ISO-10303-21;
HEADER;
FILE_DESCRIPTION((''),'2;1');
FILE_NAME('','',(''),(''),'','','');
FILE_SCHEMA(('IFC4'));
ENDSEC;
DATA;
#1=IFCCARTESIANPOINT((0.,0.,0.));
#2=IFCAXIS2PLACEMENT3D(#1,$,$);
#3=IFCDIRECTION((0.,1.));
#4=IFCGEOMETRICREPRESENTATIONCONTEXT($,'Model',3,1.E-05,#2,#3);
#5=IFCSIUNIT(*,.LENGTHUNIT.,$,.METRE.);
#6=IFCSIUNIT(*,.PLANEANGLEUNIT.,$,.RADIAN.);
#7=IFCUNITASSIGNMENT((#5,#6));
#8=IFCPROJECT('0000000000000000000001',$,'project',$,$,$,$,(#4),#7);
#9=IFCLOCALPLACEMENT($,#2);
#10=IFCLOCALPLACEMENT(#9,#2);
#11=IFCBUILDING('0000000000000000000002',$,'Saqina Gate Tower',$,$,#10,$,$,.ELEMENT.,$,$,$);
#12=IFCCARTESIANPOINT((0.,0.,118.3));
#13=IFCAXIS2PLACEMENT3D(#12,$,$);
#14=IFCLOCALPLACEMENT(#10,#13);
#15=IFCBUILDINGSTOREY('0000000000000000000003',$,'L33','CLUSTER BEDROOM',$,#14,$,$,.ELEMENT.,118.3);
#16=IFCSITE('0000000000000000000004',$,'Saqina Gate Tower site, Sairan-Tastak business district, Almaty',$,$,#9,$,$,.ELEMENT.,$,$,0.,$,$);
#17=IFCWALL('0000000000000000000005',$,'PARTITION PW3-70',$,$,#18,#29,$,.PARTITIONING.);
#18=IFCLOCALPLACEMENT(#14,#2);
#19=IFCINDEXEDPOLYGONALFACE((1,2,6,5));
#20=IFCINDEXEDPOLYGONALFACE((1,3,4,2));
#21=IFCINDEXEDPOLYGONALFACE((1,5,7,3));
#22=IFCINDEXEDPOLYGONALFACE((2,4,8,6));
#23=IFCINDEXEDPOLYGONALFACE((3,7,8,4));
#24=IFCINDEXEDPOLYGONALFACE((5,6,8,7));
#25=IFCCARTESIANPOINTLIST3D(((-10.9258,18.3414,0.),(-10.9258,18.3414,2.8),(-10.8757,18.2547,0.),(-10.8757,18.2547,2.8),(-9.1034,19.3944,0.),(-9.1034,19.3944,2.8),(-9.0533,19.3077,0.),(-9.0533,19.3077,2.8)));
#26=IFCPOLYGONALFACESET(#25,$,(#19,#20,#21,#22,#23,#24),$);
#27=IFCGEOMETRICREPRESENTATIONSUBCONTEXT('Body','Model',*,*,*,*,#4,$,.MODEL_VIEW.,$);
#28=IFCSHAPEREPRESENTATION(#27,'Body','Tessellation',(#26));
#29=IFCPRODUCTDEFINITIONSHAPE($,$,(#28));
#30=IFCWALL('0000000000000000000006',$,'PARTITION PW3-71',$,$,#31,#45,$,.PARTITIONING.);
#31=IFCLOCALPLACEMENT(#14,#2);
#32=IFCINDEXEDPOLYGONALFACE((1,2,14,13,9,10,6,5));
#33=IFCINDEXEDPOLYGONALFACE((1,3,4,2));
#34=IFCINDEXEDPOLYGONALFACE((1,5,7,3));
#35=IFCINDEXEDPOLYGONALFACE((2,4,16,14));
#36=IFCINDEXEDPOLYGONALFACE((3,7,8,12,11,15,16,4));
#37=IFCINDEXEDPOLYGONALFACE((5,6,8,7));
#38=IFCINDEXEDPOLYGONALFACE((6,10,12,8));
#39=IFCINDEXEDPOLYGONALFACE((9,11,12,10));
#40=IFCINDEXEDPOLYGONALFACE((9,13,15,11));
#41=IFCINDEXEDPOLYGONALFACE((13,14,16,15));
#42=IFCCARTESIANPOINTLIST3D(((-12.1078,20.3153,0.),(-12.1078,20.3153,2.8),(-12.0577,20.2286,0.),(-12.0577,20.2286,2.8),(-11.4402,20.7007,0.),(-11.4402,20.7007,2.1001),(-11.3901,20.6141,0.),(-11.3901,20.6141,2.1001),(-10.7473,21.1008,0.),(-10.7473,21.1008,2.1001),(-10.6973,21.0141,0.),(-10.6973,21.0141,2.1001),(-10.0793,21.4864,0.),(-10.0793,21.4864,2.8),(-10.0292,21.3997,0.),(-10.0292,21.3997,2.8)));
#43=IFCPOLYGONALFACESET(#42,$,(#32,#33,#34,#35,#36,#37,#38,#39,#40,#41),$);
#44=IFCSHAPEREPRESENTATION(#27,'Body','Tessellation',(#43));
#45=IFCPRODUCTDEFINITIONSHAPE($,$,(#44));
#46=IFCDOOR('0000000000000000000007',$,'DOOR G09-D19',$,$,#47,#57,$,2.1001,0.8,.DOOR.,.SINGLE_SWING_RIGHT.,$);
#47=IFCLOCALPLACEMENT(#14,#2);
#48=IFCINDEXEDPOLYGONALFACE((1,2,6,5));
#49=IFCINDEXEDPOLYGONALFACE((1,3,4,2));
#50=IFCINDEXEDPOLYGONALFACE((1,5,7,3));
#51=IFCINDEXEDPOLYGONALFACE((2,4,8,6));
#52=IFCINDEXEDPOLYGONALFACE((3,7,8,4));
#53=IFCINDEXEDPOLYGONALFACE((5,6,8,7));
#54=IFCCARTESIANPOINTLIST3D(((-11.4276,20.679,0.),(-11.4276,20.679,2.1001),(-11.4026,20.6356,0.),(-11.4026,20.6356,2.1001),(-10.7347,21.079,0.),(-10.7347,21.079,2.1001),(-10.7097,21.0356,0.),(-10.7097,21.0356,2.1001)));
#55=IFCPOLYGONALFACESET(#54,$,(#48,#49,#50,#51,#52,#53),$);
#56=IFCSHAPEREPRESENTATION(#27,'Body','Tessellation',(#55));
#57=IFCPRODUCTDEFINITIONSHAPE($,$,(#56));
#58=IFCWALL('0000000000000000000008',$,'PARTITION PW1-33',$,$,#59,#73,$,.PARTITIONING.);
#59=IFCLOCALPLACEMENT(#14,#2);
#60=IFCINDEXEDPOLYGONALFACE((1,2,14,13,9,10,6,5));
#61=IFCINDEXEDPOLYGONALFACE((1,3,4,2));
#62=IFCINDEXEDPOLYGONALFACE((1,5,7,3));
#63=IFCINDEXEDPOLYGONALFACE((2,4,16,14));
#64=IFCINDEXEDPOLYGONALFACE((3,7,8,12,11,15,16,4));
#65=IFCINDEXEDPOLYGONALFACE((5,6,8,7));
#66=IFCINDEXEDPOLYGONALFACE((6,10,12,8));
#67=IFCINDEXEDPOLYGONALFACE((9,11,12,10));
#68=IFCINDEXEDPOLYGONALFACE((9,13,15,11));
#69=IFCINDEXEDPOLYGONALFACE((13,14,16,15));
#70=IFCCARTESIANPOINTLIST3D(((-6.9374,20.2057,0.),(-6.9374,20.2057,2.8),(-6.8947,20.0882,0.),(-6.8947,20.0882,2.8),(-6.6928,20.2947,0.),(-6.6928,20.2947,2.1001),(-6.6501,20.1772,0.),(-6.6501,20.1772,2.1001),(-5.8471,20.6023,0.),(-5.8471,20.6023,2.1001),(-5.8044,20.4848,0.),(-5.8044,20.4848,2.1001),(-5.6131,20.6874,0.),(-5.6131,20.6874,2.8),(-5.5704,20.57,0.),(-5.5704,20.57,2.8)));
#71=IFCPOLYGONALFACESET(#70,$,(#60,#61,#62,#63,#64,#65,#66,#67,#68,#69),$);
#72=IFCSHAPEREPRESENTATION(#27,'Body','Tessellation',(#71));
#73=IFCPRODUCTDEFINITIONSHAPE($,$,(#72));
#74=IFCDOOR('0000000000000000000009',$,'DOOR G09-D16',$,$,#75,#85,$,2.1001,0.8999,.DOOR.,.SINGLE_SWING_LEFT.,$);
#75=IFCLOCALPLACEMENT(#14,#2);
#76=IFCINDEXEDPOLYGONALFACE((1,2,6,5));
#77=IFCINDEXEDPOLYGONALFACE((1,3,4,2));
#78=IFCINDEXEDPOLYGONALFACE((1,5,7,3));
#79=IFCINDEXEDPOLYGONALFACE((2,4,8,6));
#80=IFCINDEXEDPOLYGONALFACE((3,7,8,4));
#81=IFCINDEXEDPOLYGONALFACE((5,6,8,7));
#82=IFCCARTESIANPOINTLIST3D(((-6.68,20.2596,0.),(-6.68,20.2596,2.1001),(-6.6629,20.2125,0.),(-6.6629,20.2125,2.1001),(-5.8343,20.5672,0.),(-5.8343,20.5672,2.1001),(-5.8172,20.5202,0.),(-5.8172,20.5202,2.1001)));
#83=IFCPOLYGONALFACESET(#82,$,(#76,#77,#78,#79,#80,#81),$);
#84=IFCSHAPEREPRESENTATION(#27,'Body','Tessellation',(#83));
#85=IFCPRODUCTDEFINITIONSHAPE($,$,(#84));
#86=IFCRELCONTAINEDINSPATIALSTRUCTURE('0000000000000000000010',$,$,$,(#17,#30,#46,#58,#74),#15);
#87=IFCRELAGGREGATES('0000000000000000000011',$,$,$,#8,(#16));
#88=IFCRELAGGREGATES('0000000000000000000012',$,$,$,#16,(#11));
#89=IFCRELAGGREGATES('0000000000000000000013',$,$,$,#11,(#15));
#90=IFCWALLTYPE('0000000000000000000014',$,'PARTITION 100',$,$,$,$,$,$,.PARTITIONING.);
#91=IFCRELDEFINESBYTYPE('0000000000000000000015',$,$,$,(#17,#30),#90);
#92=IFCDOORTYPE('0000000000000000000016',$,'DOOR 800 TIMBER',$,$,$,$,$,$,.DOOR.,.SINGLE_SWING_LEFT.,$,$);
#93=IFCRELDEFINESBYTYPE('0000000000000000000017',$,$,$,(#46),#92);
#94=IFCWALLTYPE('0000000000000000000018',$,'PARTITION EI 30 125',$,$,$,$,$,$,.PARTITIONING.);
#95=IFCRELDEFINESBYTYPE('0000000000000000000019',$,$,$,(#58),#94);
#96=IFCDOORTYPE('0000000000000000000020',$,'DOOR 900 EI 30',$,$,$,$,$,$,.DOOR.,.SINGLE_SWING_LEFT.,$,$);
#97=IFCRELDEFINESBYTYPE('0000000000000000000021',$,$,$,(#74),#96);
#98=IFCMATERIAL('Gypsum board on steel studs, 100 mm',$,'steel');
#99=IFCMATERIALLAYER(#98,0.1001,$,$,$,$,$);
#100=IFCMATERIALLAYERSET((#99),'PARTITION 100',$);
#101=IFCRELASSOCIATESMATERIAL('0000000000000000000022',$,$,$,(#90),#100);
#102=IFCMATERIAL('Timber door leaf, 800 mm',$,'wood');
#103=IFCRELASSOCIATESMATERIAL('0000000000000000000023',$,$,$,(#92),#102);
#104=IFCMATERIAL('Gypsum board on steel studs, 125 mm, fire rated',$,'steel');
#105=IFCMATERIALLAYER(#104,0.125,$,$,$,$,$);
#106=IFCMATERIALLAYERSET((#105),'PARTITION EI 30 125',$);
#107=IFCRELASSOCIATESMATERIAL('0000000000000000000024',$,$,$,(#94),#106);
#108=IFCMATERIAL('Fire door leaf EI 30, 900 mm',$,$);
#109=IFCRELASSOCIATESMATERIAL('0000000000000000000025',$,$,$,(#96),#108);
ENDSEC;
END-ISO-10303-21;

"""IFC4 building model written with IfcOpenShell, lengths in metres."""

from ifc_helpers import new_model, si_unit, direction, frame, frame_2d, origin, place, context, subcontext, project, spatial, rectangle, extrude, material, layer, layer_set, type_object, element, fill, save


model = new_model("IFC4")

# Units and contexts
model_context = context("Model", 3, precision=1e-05, world=origin(), true_north=direction((0.0, 1.0)))
body_context = subcontext(model_context, "Body", "Model", "MODEL_VIEW")
ifc_project = project(units=[si_unit("LENGTHUNIT", "METRE"), si_unit("PLANEANGLEUNIT", "RADIAN")], contexts=[model_context])

# Site, building, storey
site_placement = place(None, origin())
site = spatial("IfcSite", under=ifc_project, at=site_placement, Name="Saqina Gate Tower site, Sairan-Tastak business district, Almaty", CompositionType="ELEMENT", RefElevation=0.0)
building_placement = place(site_placement, origin())
building = spatial("IfcBuilding", under=site, at=building_placement, Name="Saqina Gate Tower", CompositionType="ELEMENT")
storey_placement = place(building_placement, frame((0.0, 0.0, 118.3)))
storey = spatial("IfcBuildingStorey", under=building, at=storey_placement, Name="L33", Description="CLUSTER BEDROOM", CompositionType="ELEMENT", Elevation=118.3)

# Shared definitions
ifc_material_1 = material(Name="Gypsum board on steel studs, 100 mm", Category="steel")
ifc_layer_1 = layer(ifc_material_1, 0.1001)
ifc_layer_set_1 = layer_set([ifc_layer_1], Name="PARTITION 100")
wall_type_1 = type_object("IfcWallType", Name="PARTITION 100", PredefinedType="PARTITIONING", material=ifc_layer_set_1)

# Shared definitions
ifc_material_2 = material(Name="Timber door leaf, 800 mm", Category="wood")
door_type_1 = type_object("IfcDoorType", Name="DOOR 800 TIMBER", OperationType="SINGLE_SWING_LEFT", PredefinedType="DOOR", material=ifc_material_2)

# Wall
wall_1_placement = place(storey_placement, frame((-10.9006, 18.2981, 0.0), z_axis=(0.0, 0.0, 1.0), x_axis=(0.865842, 0.500318, 0.0)))
element("IfcWall", 1, at=wall_1_placement, inside=storey, type_object=wall_type_1, Name="PARTITION PW3-70", PredefinedType="PARTITIONING", context=body_context, shape_type="SweptSolid", body=[
    extrude(rectangle(XDim=2.1047, YDim=0.1001, at=frame_2d((1.0522, 0.0))), origin(), (0.0, 0.0, 1.0), 2.8),
])

# Walls, openings, doors
wall_2_placement = place(storey_placement, frame((-12.0828, 20.272, 0.0), z_axis=(0.0, 0.0, 1.0), x_axis=(0.866035, 0.499984, 0.0)))
wall_2 = element("IfcWall", 2, at=wall_2_placement, inside=storey, type_object=wall_type_1, Name="PARTITION PW3-71", PredefinedType="PARTITIONING", context=body_context, shape_type="SweptSolid", body=[
    extrude(rectangle(XDim=2.3423, YDim=0.1001, at=frame_2d((1.1711, 0.0))), origin(), (0.0, 0.0, 1.0), 2.8),
])
opening_1_placement = place(wall_2_placement, frame((0.771, 0.0, 0.0)))
opening_1 = element("IfcOpeningElement", 3, at=opening_1_placement, cuts=wall_2, PredefinedType="OPENING", context=body_context, shape_type="SweptSolid", body=[
    extrude(rectangle(XDim=0.8, YDim=2.1001, at=frame_2d((0.3999, 1.05))), frame((0.0, 0.062, 0.0), z_axis=(0.0, -1.0, 0.0), x_axis=(1.0, 0.0, 0.0)), (0.0, 0.0, 1.0), 0.124),
])
door_1_placement = place(opening_1_placement, origin())
door_1 = element("IfcDoor", 4, at=door_1_placement, inside=storey, type_object=door_type_1, Name="DOOR G09-D19", OperationType="SINGLE_SWING_RIGHT", OverallHeight=2.1001, OverallWidth=0.8, PredefinedType="DOOR", context=body_context, shape_type="SweptSolid", body=[
    extrude(rectangle(XDim=0.8, YDim=2.1001, at=frame_2d((0.3999, 1.05))), frame((0.0, 0.0249, 0.0), z_axis=(0.0, -1.0, 0.0), x_axis=(1.0, 0.0, 0.0)), (0.0, 0.0, 1.0), 0.05),
])
fill(opening_1, door_1)
ifc_material_3 = material(Name="Gypsum board on steel studs, 125 mm, fire rated", Category="steel")
ifc_layer_2 = layer(ifc_material_3, 0.125)
ifc_layer_set_2 = layer_set([ifc_layer_2], Name="PARTITION EI 30 125")
wall_type_2 = type_object("IfcWallType", Name="PARTITION EI 30 125", PredefinedType="PARTITIONING", material=ifc_layer_set_2)
wall_3_placement = place(storey_placement, frame((-6.916, 20.147, 0.0), z_axis=(0.0, 0.0, 1.0), x_axis=(0.939758, 0.34184, 0.0)))
wall_3 = element("IfcWall", 5, at=wall_3_placement, inside=storey, type_object=wall_type_2, Name="PARTITION PW1-33", PredefinedType="PARTITIONING", context=body_context, shape_type="SweptSolid", body=[
    extrude(rectangle(XDim=1.4092, YDim=0.125, at=frame_2d((0.7046, 0.0))), origin(), (0.0, 0.0, 1.0), 2.8),
])
opening_2_placement = place(wall_3_placement, frame((0.2603, 0.0, 0.0)))
opening_2 = element("IfcOpeningElement", 6, at=opening_2_placement, cuts=wall_3, PredefinedType="OPENING", context=body_context, shape_type="SweptSolid", body=[
    extrude(rectangle(XDim=0.8999, YDim=2.1001, at=frame_2d((0.45, 1.05))), frame((0.0, 0.0745, 0.0), z_axis=(0.0, -1.0, 0.0), x_axis=(1.0, 0.0, 0.0)), (0.0, 0.0, 1.0), 0.1489),
])
ifc_material_4 = material(Name="Fire door leaf EI 30, 900 mm")
door_type_2 = type_object("IfcDoorType", Name="DOOR 900 EI 30", OperationType="SINGLE_SWING_LEFT", PredefinedType="DOOR", material=ifc_material_4)
door_2_placement = place(opening_2_placement, frame((0.8999, 0.0, 0.0), z_axis=(0.0, 0.0, 1.0), x_axis=(-1.0, 0.0, 0.0)))
door_2 = element("IfcDoor", 7, at=door_2_placement, inside=storey, type_object=door_type_2, Name="DOOR G09-D16", OperationType="SINGLE_SWING_LEFT", OverallHeight=2.1001, OverallWidth=0.8999, PredefinedType="DOOR", context=body_context, shape_type="SweptSolid", body=[
    extrude(rectangle(XDim=0.8999, YDim=2.1001, at=frame_2d((0.45, 1.05))), frame((0.0, 0.0249, 0.0), z_axis=(0.0, -1.0, 0.0), x_axis=(1.0, 0.0, 0.0)), (0.0, 0.0, 1.0), 0.05),
])
fill(opening_2, door_2)

save(model, "model.ifc")
